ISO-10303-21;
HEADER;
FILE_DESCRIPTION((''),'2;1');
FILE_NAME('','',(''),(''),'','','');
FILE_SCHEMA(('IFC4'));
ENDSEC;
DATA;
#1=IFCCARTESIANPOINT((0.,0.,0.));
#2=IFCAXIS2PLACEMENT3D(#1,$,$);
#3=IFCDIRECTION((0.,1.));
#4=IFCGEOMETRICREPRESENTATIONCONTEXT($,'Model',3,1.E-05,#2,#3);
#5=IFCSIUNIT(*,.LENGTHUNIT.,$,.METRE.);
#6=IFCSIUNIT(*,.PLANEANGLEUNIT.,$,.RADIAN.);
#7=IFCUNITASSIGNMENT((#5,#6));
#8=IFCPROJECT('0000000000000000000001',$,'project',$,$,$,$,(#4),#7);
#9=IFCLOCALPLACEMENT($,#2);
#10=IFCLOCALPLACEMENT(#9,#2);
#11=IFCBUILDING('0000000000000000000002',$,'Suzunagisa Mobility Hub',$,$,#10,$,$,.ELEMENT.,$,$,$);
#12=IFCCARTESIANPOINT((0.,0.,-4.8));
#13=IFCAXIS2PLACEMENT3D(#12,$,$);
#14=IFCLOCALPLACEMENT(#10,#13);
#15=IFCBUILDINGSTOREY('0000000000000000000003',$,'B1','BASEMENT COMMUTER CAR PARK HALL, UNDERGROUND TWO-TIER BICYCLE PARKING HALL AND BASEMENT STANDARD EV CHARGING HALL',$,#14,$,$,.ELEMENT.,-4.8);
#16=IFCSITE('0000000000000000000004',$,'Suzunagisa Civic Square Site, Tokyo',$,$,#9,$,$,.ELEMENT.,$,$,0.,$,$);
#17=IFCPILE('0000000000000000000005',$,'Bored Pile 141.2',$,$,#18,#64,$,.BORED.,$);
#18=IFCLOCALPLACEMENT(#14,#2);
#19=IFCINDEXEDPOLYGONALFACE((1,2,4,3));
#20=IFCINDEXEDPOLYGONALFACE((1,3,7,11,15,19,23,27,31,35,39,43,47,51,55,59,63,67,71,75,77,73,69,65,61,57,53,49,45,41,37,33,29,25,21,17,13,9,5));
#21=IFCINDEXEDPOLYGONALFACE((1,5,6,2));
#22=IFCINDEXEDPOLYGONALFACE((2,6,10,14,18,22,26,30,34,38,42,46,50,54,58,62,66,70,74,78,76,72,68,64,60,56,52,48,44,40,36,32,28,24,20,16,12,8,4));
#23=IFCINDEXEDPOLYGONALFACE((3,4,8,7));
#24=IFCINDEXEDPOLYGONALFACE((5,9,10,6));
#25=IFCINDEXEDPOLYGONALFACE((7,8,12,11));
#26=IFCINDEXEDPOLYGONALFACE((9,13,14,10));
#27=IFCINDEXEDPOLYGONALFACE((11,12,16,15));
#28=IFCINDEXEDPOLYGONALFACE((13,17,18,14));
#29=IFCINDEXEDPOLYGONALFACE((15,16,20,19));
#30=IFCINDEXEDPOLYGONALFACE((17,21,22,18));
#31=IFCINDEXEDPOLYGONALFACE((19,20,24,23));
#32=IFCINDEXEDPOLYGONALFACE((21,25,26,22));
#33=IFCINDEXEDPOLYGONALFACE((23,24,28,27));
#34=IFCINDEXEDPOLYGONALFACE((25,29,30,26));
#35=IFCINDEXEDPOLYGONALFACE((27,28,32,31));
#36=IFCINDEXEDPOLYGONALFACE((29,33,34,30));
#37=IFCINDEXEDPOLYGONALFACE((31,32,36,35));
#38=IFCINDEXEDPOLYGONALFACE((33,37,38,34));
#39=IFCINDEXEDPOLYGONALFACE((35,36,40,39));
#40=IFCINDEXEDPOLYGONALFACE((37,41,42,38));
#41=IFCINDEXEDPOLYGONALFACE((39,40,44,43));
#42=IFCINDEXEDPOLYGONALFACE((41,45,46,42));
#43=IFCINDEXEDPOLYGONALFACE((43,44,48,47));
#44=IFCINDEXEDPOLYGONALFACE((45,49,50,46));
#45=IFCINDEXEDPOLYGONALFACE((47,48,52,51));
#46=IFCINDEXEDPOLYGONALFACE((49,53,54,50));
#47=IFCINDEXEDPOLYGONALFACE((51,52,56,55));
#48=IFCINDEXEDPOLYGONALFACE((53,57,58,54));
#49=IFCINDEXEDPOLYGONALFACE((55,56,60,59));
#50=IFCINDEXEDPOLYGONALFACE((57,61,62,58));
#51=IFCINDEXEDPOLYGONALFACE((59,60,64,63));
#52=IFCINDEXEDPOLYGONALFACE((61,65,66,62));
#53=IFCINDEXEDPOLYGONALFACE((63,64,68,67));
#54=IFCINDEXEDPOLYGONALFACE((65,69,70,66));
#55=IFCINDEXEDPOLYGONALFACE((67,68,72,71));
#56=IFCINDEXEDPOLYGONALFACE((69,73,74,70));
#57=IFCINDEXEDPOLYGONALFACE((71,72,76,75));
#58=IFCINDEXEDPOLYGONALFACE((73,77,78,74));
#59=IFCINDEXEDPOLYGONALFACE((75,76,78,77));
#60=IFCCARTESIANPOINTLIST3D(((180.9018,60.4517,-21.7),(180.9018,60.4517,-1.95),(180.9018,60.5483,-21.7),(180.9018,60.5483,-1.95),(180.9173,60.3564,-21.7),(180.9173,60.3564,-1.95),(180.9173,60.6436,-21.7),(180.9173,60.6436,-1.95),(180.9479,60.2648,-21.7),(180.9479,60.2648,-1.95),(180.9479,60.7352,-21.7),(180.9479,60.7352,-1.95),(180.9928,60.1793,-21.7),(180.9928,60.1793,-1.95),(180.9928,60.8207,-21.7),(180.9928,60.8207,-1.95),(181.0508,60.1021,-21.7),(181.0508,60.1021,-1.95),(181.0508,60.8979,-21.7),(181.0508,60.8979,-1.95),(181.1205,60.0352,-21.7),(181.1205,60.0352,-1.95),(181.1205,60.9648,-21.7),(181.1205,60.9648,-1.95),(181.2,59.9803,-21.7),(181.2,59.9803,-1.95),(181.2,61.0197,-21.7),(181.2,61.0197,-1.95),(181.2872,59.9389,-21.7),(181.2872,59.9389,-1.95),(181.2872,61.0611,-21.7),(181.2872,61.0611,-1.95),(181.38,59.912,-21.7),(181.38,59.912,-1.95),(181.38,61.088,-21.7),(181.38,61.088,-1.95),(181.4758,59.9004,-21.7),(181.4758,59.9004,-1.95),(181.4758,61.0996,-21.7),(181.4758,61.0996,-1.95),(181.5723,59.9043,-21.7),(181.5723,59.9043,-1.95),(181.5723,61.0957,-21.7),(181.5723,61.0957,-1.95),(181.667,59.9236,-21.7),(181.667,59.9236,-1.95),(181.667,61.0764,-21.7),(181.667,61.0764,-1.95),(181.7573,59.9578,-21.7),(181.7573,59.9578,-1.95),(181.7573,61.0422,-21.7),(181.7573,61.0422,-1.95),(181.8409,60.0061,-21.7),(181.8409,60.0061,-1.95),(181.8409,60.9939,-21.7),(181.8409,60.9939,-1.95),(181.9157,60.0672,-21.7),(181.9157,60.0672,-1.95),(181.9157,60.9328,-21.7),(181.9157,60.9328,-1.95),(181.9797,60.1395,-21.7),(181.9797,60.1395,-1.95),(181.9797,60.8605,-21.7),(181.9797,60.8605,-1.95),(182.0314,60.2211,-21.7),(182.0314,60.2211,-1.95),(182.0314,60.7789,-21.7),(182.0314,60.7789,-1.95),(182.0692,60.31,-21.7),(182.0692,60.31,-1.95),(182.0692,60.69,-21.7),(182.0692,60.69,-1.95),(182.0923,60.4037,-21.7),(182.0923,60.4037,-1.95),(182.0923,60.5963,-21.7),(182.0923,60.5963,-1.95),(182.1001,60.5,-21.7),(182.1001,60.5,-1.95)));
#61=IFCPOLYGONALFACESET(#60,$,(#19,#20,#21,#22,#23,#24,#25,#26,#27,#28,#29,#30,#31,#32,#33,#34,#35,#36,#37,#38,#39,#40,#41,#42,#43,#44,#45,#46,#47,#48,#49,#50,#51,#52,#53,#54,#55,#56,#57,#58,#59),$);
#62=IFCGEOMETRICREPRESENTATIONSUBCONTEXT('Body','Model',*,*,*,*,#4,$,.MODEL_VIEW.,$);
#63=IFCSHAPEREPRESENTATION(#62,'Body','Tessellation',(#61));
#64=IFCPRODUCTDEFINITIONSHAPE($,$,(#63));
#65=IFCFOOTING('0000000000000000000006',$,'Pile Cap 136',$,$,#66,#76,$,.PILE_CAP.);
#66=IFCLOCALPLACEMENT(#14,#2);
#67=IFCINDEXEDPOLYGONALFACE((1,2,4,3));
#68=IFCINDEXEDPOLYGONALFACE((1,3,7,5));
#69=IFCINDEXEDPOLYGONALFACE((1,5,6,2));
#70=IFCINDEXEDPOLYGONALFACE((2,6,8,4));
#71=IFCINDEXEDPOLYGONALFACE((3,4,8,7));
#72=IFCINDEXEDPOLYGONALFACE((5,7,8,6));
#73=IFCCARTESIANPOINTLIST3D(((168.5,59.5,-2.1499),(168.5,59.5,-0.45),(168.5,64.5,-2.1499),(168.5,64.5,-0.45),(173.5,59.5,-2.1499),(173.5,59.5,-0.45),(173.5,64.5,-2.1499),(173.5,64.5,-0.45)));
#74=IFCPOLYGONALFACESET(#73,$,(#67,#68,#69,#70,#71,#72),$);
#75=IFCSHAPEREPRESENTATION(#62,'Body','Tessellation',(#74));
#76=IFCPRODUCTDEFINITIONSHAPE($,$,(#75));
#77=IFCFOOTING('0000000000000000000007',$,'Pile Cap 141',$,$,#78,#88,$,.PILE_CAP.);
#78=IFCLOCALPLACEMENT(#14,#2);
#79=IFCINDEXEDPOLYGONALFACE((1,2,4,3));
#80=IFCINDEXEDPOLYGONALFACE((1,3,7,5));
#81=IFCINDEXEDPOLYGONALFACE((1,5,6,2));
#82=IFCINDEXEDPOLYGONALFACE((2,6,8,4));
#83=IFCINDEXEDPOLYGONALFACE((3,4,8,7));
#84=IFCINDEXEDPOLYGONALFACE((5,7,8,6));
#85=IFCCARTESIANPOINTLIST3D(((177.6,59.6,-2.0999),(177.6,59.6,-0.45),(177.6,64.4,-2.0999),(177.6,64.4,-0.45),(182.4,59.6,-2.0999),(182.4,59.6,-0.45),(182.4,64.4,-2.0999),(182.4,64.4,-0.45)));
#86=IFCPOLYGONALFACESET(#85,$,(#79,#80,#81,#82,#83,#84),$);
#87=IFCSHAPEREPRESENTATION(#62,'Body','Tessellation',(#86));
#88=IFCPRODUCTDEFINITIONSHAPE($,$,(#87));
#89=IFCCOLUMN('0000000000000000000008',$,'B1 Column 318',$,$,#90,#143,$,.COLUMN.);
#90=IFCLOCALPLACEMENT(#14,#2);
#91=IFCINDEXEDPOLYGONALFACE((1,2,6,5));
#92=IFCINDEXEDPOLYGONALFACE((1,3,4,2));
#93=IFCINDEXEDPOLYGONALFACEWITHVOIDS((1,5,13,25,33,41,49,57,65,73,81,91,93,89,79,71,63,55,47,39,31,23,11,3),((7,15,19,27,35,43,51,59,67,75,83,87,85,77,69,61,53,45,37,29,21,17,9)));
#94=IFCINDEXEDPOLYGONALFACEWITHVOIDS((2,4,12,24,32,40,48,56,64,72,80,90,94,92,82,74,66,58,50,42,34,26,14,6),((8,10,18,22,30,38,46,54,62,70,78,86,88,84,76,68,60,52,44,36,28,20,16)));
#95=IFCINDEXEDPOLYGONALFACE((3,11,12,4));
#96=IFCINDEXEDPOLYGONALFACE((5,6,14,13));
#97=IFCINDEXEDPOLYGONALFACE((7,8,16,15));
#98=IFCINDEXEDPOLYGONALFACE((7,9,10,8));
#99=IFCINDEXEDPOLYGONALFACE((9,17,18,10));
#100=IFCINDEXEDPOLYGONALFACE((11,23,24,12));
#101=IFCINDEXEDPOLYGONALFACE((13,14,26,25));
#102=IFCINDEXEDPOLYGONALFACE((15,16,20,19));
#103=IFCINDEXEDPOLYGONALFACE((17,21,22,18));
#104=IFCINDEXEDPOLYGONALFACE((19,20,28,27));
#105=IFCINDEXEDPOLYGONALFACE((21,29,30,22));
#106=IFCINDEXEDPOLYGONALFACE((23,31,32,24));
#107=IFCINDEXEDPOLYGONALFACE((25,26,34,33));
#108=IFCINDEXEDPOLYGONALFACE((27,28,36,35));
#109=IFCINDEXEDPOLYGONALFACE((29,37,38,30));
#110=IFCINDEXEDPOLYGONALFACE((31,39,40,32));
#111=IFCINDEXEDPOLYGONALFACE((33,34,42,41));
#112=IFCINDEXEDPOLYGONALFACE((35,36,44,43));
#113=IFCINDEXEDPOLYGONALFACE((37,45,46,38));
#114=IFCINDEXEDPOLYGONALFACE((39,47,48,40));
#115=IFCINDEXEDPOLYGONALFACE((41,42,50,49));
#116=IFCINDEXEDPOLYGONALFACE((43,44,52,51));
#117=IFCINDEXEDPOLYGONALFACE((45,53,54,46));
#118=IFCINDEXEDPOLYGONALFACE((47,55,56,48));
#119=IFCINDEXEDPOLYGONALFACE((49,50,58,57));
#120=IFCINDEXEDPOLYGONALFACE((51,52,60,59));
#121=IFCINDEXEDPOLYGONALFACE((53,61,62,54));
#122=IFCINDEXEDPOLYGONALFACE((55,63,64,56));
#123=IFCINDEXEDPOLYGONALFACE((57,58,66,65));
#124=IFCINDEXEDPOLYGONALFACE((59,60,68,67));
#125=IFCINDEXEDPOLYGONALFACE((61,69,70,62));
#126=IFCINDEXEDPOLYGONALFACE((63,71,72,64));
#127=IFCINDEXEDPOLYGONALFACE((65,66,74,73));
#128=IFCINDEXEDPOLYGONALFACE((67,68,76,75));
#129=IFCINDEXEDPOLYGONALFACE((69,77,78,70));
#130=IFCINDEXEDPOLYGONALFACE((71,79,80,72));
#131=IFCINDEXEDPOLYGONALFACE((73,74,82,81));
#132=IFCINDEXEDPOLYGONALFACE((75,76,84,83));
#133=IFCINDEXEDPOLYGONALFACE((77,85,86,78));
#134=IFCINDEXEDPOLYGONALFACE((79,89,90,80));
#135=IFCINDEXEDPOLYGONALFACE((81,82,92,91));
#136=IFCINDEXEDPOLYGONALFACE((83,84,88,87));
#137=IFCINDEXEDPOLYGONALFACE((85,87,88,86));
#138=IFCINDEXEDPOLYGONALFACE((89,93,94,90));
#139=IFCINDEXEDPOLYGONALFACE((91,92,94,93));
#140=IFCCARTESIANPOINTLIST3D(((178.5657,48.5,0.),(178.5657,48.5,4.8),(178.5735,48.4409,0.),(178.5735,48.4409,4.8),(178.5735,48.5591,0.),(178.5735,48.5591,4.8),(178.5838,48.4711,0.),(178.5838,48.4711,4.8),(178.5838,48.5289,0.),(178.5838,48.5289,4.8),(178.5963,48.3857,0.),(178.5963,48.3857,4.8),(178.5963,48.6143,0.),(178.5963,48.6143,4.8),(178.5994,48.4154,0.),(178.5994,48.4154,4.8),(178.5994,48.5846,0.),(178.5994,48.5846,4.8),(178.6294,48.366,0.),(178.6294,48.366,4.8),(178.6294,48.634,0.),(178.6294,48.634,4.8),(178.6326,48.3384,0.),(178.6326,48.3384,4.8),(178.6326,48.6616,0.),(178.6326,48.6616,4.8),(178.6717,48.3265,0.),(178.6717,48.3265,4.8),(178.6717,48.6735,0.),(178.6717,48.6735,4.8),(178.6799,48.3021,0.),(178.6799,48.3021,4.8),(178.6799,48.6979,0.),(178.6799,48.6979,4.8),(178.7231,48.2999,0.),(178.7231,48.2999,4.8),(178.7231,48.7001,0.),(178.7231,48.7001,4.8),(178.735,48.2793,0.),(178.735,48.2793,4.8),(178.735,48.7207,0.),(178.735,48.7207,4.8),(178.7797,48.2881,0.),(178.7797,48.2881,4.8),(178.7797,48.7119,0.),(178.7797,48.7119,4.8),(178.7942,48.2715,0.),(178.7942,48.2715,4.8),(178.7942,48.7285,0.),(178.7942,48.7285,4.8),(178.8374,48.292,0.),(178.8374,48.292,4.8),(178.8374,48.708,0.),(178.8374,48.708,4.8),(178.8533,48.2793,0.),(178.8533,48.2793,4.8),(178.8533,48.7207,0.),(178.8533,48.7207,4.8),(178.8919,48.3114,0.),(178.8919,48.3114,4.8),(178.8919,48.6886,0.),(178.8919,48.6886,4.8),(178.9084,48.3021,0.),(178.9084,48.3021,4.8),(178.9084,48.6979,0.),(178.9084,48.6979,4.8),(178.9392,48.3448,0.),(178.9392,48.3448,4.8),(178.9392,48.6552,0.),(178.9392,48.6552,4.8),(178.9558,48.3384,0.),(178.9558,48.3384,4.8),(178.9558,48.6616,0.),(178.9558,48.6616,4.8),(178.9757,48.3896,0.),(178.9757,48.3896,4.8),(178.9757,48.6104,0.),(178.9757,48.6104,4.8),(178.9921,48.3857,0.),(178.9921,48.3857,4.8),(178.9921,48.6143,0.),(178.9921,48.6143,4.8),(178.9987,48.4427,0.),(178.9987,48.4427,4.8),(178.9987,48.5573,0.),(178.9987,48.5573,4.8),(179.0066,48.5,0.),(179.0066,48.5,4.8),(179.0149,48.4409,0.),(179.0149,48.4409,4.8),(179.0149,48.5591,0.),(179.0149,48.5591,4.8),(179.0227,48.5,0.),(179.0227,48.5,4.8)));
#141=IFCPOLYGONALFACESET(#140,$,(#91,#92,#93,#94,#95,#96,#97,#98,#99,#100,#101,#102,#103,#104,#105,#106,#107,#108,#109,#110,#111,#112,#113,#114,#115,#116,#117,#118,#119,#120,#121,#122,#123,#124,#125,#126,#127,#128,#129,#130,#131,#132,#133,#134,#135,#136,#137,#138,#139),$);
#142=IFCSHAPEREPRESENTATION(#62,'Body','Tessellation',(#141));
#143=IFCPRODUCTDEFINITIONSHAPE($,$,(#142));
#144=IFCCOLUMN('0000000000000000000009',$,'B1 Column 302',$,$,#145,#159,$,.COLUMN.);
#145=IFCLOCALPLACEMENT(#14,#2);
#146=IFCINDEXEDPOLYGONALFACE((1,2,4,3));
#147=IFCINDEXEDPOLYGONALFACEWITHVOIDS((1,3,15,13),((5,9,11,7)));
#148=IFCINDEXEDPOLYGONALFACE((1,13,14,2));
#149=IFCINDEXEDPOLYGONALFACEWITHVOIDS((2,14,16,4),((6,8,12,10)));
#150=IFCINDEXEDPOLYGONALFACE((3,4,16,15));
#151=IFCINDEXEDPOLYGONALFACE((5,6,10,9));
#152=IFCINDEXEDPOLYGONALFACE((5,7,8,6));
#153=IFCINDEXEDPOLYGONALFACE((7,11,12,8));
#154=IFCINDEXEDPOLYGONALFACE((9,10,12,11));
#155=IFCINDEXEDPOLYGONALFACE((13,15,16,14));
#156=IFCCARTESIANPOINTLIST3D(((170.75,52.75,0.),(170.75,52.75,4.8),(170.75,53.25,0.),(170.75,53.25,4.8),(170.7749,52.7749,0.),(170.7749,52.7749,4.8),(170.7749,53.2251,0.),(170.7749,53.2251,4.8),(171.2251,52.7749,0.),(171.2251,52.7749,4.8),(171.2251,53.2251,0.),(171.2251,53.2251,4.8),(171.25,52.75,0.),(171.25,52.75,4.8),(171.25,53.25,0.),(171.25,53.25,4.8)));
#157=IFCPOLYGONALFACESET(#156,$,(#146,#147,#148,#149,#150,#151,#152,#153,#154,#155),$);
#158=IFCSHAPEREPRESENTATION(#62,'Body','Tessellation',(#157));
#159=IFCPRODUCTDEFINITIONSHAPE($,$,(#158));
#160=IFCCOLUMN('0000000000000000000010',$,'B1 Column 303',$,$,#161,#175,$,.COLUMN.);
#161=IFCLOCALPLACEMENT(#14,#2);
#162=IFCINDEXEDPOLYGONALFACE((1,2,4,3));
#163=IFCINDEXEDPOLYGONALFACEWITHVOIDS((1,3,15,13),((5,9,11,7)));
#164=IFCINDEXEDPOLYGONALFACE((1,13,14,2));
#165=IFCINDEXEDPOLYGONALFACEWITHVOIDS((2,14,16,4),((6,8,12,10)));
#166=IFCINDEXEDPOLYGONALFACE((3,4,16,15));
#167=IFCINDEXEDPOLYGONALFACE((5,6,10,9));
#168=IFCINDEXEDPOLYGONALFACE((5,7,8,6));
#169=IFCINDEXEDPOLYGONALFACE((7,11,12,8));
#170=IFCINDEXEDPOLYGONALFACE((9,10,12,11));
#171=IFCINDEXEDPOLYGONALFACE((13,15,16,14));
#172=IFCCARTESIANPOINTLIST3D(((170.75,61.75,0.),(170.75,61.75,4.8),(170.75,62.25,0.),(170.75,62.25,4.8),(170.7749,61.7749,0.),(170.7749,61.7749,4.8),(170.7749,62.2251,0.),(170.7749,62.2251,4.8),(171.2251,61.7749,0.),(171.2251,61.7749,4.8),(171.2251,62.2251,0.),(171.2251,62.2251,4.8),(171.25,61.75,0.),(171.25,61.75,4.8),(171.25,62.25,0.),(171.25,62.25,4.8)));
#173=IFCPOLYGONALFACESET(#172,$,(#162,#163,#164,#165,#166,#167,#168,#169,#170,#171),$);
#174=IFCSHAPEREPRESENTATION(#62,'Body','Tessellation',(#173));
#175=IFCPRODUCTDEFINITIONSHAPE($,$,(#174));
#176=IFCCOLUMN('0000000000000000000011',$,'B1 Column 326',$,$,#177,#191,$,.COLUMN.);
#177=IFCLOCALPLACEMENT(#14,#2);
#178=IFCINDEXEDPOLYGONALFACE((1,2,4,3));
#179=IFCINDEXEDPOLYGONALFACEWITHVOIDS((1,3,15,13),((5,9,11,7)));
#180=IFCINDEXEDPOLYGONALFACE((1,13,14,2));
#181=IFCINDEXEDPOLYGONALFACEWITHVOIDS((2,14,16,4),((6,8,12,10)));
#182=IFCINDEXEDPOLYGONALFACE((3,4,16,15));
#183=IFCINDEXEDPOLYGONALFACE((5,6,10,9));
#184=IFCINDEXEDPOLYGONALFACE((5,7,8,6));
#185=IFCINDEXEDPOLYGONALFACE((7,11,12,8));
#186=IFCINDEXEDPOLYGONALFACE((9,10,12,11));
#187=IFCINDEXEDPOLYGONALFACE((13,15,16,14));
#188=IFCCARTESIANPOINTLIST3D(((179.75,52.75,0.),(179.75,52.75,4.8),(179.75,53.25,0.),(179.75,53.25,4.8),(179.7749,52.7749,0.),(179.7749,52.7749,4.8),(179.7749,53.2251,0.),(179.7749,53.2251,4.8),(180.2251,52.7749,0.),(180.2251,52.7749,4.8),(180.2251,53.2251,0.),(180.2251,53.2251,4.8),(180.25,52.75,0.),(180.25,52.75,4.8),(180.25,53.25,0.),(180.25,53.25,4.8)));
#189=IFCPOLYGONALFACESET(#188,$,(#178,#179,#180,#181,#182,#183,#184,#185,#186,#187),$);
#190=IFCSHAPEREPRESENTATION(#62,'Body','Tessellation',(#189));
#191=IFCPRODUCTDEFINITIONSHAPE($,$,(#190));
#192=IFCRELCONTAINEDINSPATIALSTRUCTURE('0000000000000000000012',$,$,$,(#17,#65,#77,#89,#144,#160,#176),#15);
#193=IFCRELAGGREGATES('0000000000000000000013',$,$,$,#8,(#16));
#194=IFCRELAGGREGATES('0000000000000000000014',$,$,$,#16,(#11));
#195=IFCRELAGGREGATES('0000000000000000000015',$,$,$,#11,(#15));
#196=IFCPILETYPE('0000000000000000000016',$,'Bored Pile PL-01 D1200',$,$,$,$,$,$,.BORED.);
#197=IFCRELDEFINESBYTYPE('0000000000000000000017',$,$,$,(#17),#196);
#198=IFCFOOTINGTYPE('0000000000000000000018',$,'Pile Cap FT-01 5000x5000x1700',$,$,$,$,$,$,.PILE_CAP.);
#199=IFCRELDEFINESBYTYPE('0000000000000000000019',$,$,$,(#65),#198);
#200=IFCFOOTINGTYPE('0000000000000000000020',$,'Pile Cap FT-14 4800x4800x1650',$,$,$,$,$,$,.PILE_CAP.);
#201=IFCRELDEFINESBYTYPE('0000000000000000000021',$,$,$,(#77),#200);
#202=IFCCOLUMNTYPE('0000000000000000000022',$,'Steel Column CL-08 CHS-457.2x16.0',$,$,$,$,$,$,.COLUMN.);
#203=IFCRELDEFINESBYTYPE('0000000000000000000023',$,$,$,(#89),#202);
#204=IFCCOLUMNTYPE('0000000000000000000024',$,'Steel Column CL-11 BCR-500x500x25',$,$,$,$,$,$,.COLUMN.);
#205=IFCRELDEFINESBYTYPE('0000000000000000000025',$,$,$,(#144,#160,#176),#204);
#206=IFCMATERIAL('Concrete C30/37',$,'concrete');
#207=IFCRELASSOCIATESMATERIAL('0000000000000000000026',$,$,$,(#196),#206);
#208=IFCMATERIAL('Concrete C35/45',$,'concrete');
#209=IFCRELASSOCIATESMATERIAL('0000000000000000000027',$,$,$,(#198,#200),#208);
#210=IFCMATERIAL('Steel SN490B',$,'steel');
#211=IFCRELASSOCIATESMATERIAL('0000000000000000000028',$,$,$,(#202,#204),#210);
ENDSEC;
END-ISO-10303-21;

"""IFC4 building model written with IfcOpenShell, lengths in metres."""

from ifc_helpers import new_model, si_unit, direction, frame, origin, origin_2d, place, context, subcontext, project, spatial, rectangle, hollow_rectangle, circle, hollow_circle, extrude, material, material_profile, profile_set, type_object, element, save


model = new_model("IFC4")

# Units and contexts
model_context = context("Model", 3, precision=1e-05, world=origin(), true_north=direction((0.0, 1.0)))
body_context = subcontext(model_context, "Body", "Model", "MODEL_VIEW")
ifc_project = project(units=[si_unit("LENGTHUNIT", "METRE"), si_unit("PLANEANGLEUNIT", "RADIAN")], contexts=[model_context])

# Site, building, storey
site_placement = place(None, origin())
site = spatial("IfcSite", under=ifc_project, at=site_placement, Name="Suzunagisa Civic Square Site, Tokyo", CompositionType="ELEMENT", RefElevation=0.0)
building_placement = place(site_placement, origin())
building = spatial("IfcBuilding", under=site, at=building_placement, Name="Suzunagisa Mobility Hub", CompositionType="ELEMENT")
storey_placement = place(building_placement, frame((0.0, 0.0, -4.8)))
storey = spatial("IfcBuildingStorey", under=building, at=storey_placement, Name="B1", Description="BASEMENT COMMUTER CAR PARK HALL, UNDERGROUND TWO-TIER BICYCLE PARKING HALL AND BASEMENT STANDARD EV CHARGING HALL", CompositionType="ELEMENT", Elevation=-4.8)

# Pile
ifc_material_1 = material(Name="Concrete C30/37", Category="concrete")
ifc_material_profile_1 = material_profile(ifc_material_1, circle(Radius=0.6001, at=origin_2d()), Name="BORED PILE D1200")
ifc_profile_set_1 = profile_set([ifc_material_profile_1], Name="Concrete C30/37")
pile_type = type_object("IfcPileType", Name="Bored Pile PL-01 D1200", PredefinedType="BORED", material=ifc_profile_set_1)
for number, where, z_axis, x_axis, name in (
    (1, (181.5, 60.5, -1.95), (0.0, 0.0, -1.0), (1.0, 0.0, 0.0), "Bored Pile 141.2"),
):
    element("IfcPile", number, at=place(storey_placement, frame(where, z_axis=z_axis, x_axis=x_axis)), inside=storey, type_object=pile_type, Name=name, PredefinedType="BORED", context=body_context, shape_type="SweptSolid", body=[
        extrude(circle(Radius=0.6001, at=origin_2d()), origin(), (0.0, 0.0, 1.0), 19.75),
    ])

# Footings
ifc_material_2 = material(Name="Concrete C35/45", Category="concrete")
footing_type_1 = type_object("IfcFootingType", Name="Pile Cap FT-01 5000x5000x1700", PredefinedType="PILE_CAP", material=ifc_material_2)
footing_1_placement = place(storey_placement, frame((171.0, 62.0, -2.1499), z_axis=(0.0, 0.0, 1.0), x_axis=(1.0, 0.0, 0.0)))
element("IfcFooting", 2, at=footing_1_placement, inside=storey, type_object=footing_type_1, Name="Pile Cap 136", PredefinedType="PILE_CAP", context=body_context, shape_type="SweptSolid", body=[
    extrude(rectangle(XDim=5.0, YDim=5.0, at=origin_2d()), origin(), (0.0, 0.0, 1.0), 1.7),
])
footing_type_2 = type_object("IfcFootingType", Name="Pile Cap FT-14 4800x4800x1650", PredefinedType="PILE_CAP", material=ifc_material_2)
footing_2_placement = place(storey_placement, frame((180.0, 62.0, -2.0999), z_axis=(0.0, 0.0, 1.0), x_axis=(1.0, 0.0, 0.0)))
element("IfcFooting", 3, at=footing_2_placement, inside=storey, type_object=footing_type_2, Name="Pile Cap 141", PredefinedType="PILE_CAP", context=body_context, shape_type="SweptSolid", body=[
    extrude(rectangle(XDim=4.8, YDim=4.8, at=origin_2d()), origin(), (0.0, 0.0, 1.0), 1.6499),
])

# Columns
ifc_material_3 = material(Name="Steel SN490B", Category="steel")
ifc_material_profile_2 = material_profile(ifc_material_3, hollow_circle(Radius=0.2285, WallThickness=0.0161, at=origin_2d()), Name="CHS-457.2x16.0")
ifc_profile_set_2 = profile_set([ifc_material_profile_2], Name="Steel SN490B")
column_type_1 = type_object("IfcColumnType", Name="Steel Column CL-08 CHS-457.2x16.0", PredefinedType="COLUMN", material=ifc_profile_set_2)
column_placement = place(storey_placement, frame((178.7942, 48.5, 0.0), z_axis=(0.0, 0.0, 1.0), x_axis=(1.0, 0.0, 0.0)))
element("IfcColumn", 4, at=column_placement, inside=storey, type_object=column_type_1, Name="B1 Column 318", PredefinedType="COLUMN", context=body_context, shape_type="SweptSolid", body=[
    extrude(hollow_circle(Radius=0.2285, WallThickness=0.0161, at=origin_2d()), origin(), (0.0, 0.0, 1.0), 4.8),
])
ifc_material_profile_3 = material_profile(ifc_material_3, hollow_rectangle(XDim=0.5, YDim=0.5, WallThickness=0.0249, at=origin_2d()), Name="BCR-500x500x25")
ifc_profile_set_3 = profile_set([ifc_material_profile_3], Name="Steel SN490B")
column_type_2 = type_object("IfcColumnType", Name="Steel Column CL-11 BCR-500x500x25", PredefinedType="COLUMN", material=ifc_profile_set_3)
for number, where, z_axis, x_axis, name in (
    (5, (171.0, 53.0, 0.0), (0.0, 0.0, 1.0), (1.0, 0.0, 0.0), "B1 Column 302"),
    (6, (171.0, 62.0, 0.0), (0.0, 0.0, 1.0), (1.0, 0.0, 0.0), "B1 Column 303"),
    (7, (180.0, 53.0, 0.0), (0.0, 0.0, 1.0), (1.0, 0.0, 0.0), "B1 Column 326"),
):
    element("IfcColumn", number, at=place(storey_placement, frame(where, z_axis=z_axis, x_axis=x_axis)), inside=storey, type_object=column_type_2, Name=name, PredefinedType="COLUMN", context=body_context, shape_type="SweptSolid", body=[
        extrude(hollow_rectangle(XDim=0.5, YDim=0.5, WallThickness=0.0249, at=origin_2d()), origin(), (0.0, 0.0, 1.0), 4.8),
    ])

save(model, "model.ifc")
